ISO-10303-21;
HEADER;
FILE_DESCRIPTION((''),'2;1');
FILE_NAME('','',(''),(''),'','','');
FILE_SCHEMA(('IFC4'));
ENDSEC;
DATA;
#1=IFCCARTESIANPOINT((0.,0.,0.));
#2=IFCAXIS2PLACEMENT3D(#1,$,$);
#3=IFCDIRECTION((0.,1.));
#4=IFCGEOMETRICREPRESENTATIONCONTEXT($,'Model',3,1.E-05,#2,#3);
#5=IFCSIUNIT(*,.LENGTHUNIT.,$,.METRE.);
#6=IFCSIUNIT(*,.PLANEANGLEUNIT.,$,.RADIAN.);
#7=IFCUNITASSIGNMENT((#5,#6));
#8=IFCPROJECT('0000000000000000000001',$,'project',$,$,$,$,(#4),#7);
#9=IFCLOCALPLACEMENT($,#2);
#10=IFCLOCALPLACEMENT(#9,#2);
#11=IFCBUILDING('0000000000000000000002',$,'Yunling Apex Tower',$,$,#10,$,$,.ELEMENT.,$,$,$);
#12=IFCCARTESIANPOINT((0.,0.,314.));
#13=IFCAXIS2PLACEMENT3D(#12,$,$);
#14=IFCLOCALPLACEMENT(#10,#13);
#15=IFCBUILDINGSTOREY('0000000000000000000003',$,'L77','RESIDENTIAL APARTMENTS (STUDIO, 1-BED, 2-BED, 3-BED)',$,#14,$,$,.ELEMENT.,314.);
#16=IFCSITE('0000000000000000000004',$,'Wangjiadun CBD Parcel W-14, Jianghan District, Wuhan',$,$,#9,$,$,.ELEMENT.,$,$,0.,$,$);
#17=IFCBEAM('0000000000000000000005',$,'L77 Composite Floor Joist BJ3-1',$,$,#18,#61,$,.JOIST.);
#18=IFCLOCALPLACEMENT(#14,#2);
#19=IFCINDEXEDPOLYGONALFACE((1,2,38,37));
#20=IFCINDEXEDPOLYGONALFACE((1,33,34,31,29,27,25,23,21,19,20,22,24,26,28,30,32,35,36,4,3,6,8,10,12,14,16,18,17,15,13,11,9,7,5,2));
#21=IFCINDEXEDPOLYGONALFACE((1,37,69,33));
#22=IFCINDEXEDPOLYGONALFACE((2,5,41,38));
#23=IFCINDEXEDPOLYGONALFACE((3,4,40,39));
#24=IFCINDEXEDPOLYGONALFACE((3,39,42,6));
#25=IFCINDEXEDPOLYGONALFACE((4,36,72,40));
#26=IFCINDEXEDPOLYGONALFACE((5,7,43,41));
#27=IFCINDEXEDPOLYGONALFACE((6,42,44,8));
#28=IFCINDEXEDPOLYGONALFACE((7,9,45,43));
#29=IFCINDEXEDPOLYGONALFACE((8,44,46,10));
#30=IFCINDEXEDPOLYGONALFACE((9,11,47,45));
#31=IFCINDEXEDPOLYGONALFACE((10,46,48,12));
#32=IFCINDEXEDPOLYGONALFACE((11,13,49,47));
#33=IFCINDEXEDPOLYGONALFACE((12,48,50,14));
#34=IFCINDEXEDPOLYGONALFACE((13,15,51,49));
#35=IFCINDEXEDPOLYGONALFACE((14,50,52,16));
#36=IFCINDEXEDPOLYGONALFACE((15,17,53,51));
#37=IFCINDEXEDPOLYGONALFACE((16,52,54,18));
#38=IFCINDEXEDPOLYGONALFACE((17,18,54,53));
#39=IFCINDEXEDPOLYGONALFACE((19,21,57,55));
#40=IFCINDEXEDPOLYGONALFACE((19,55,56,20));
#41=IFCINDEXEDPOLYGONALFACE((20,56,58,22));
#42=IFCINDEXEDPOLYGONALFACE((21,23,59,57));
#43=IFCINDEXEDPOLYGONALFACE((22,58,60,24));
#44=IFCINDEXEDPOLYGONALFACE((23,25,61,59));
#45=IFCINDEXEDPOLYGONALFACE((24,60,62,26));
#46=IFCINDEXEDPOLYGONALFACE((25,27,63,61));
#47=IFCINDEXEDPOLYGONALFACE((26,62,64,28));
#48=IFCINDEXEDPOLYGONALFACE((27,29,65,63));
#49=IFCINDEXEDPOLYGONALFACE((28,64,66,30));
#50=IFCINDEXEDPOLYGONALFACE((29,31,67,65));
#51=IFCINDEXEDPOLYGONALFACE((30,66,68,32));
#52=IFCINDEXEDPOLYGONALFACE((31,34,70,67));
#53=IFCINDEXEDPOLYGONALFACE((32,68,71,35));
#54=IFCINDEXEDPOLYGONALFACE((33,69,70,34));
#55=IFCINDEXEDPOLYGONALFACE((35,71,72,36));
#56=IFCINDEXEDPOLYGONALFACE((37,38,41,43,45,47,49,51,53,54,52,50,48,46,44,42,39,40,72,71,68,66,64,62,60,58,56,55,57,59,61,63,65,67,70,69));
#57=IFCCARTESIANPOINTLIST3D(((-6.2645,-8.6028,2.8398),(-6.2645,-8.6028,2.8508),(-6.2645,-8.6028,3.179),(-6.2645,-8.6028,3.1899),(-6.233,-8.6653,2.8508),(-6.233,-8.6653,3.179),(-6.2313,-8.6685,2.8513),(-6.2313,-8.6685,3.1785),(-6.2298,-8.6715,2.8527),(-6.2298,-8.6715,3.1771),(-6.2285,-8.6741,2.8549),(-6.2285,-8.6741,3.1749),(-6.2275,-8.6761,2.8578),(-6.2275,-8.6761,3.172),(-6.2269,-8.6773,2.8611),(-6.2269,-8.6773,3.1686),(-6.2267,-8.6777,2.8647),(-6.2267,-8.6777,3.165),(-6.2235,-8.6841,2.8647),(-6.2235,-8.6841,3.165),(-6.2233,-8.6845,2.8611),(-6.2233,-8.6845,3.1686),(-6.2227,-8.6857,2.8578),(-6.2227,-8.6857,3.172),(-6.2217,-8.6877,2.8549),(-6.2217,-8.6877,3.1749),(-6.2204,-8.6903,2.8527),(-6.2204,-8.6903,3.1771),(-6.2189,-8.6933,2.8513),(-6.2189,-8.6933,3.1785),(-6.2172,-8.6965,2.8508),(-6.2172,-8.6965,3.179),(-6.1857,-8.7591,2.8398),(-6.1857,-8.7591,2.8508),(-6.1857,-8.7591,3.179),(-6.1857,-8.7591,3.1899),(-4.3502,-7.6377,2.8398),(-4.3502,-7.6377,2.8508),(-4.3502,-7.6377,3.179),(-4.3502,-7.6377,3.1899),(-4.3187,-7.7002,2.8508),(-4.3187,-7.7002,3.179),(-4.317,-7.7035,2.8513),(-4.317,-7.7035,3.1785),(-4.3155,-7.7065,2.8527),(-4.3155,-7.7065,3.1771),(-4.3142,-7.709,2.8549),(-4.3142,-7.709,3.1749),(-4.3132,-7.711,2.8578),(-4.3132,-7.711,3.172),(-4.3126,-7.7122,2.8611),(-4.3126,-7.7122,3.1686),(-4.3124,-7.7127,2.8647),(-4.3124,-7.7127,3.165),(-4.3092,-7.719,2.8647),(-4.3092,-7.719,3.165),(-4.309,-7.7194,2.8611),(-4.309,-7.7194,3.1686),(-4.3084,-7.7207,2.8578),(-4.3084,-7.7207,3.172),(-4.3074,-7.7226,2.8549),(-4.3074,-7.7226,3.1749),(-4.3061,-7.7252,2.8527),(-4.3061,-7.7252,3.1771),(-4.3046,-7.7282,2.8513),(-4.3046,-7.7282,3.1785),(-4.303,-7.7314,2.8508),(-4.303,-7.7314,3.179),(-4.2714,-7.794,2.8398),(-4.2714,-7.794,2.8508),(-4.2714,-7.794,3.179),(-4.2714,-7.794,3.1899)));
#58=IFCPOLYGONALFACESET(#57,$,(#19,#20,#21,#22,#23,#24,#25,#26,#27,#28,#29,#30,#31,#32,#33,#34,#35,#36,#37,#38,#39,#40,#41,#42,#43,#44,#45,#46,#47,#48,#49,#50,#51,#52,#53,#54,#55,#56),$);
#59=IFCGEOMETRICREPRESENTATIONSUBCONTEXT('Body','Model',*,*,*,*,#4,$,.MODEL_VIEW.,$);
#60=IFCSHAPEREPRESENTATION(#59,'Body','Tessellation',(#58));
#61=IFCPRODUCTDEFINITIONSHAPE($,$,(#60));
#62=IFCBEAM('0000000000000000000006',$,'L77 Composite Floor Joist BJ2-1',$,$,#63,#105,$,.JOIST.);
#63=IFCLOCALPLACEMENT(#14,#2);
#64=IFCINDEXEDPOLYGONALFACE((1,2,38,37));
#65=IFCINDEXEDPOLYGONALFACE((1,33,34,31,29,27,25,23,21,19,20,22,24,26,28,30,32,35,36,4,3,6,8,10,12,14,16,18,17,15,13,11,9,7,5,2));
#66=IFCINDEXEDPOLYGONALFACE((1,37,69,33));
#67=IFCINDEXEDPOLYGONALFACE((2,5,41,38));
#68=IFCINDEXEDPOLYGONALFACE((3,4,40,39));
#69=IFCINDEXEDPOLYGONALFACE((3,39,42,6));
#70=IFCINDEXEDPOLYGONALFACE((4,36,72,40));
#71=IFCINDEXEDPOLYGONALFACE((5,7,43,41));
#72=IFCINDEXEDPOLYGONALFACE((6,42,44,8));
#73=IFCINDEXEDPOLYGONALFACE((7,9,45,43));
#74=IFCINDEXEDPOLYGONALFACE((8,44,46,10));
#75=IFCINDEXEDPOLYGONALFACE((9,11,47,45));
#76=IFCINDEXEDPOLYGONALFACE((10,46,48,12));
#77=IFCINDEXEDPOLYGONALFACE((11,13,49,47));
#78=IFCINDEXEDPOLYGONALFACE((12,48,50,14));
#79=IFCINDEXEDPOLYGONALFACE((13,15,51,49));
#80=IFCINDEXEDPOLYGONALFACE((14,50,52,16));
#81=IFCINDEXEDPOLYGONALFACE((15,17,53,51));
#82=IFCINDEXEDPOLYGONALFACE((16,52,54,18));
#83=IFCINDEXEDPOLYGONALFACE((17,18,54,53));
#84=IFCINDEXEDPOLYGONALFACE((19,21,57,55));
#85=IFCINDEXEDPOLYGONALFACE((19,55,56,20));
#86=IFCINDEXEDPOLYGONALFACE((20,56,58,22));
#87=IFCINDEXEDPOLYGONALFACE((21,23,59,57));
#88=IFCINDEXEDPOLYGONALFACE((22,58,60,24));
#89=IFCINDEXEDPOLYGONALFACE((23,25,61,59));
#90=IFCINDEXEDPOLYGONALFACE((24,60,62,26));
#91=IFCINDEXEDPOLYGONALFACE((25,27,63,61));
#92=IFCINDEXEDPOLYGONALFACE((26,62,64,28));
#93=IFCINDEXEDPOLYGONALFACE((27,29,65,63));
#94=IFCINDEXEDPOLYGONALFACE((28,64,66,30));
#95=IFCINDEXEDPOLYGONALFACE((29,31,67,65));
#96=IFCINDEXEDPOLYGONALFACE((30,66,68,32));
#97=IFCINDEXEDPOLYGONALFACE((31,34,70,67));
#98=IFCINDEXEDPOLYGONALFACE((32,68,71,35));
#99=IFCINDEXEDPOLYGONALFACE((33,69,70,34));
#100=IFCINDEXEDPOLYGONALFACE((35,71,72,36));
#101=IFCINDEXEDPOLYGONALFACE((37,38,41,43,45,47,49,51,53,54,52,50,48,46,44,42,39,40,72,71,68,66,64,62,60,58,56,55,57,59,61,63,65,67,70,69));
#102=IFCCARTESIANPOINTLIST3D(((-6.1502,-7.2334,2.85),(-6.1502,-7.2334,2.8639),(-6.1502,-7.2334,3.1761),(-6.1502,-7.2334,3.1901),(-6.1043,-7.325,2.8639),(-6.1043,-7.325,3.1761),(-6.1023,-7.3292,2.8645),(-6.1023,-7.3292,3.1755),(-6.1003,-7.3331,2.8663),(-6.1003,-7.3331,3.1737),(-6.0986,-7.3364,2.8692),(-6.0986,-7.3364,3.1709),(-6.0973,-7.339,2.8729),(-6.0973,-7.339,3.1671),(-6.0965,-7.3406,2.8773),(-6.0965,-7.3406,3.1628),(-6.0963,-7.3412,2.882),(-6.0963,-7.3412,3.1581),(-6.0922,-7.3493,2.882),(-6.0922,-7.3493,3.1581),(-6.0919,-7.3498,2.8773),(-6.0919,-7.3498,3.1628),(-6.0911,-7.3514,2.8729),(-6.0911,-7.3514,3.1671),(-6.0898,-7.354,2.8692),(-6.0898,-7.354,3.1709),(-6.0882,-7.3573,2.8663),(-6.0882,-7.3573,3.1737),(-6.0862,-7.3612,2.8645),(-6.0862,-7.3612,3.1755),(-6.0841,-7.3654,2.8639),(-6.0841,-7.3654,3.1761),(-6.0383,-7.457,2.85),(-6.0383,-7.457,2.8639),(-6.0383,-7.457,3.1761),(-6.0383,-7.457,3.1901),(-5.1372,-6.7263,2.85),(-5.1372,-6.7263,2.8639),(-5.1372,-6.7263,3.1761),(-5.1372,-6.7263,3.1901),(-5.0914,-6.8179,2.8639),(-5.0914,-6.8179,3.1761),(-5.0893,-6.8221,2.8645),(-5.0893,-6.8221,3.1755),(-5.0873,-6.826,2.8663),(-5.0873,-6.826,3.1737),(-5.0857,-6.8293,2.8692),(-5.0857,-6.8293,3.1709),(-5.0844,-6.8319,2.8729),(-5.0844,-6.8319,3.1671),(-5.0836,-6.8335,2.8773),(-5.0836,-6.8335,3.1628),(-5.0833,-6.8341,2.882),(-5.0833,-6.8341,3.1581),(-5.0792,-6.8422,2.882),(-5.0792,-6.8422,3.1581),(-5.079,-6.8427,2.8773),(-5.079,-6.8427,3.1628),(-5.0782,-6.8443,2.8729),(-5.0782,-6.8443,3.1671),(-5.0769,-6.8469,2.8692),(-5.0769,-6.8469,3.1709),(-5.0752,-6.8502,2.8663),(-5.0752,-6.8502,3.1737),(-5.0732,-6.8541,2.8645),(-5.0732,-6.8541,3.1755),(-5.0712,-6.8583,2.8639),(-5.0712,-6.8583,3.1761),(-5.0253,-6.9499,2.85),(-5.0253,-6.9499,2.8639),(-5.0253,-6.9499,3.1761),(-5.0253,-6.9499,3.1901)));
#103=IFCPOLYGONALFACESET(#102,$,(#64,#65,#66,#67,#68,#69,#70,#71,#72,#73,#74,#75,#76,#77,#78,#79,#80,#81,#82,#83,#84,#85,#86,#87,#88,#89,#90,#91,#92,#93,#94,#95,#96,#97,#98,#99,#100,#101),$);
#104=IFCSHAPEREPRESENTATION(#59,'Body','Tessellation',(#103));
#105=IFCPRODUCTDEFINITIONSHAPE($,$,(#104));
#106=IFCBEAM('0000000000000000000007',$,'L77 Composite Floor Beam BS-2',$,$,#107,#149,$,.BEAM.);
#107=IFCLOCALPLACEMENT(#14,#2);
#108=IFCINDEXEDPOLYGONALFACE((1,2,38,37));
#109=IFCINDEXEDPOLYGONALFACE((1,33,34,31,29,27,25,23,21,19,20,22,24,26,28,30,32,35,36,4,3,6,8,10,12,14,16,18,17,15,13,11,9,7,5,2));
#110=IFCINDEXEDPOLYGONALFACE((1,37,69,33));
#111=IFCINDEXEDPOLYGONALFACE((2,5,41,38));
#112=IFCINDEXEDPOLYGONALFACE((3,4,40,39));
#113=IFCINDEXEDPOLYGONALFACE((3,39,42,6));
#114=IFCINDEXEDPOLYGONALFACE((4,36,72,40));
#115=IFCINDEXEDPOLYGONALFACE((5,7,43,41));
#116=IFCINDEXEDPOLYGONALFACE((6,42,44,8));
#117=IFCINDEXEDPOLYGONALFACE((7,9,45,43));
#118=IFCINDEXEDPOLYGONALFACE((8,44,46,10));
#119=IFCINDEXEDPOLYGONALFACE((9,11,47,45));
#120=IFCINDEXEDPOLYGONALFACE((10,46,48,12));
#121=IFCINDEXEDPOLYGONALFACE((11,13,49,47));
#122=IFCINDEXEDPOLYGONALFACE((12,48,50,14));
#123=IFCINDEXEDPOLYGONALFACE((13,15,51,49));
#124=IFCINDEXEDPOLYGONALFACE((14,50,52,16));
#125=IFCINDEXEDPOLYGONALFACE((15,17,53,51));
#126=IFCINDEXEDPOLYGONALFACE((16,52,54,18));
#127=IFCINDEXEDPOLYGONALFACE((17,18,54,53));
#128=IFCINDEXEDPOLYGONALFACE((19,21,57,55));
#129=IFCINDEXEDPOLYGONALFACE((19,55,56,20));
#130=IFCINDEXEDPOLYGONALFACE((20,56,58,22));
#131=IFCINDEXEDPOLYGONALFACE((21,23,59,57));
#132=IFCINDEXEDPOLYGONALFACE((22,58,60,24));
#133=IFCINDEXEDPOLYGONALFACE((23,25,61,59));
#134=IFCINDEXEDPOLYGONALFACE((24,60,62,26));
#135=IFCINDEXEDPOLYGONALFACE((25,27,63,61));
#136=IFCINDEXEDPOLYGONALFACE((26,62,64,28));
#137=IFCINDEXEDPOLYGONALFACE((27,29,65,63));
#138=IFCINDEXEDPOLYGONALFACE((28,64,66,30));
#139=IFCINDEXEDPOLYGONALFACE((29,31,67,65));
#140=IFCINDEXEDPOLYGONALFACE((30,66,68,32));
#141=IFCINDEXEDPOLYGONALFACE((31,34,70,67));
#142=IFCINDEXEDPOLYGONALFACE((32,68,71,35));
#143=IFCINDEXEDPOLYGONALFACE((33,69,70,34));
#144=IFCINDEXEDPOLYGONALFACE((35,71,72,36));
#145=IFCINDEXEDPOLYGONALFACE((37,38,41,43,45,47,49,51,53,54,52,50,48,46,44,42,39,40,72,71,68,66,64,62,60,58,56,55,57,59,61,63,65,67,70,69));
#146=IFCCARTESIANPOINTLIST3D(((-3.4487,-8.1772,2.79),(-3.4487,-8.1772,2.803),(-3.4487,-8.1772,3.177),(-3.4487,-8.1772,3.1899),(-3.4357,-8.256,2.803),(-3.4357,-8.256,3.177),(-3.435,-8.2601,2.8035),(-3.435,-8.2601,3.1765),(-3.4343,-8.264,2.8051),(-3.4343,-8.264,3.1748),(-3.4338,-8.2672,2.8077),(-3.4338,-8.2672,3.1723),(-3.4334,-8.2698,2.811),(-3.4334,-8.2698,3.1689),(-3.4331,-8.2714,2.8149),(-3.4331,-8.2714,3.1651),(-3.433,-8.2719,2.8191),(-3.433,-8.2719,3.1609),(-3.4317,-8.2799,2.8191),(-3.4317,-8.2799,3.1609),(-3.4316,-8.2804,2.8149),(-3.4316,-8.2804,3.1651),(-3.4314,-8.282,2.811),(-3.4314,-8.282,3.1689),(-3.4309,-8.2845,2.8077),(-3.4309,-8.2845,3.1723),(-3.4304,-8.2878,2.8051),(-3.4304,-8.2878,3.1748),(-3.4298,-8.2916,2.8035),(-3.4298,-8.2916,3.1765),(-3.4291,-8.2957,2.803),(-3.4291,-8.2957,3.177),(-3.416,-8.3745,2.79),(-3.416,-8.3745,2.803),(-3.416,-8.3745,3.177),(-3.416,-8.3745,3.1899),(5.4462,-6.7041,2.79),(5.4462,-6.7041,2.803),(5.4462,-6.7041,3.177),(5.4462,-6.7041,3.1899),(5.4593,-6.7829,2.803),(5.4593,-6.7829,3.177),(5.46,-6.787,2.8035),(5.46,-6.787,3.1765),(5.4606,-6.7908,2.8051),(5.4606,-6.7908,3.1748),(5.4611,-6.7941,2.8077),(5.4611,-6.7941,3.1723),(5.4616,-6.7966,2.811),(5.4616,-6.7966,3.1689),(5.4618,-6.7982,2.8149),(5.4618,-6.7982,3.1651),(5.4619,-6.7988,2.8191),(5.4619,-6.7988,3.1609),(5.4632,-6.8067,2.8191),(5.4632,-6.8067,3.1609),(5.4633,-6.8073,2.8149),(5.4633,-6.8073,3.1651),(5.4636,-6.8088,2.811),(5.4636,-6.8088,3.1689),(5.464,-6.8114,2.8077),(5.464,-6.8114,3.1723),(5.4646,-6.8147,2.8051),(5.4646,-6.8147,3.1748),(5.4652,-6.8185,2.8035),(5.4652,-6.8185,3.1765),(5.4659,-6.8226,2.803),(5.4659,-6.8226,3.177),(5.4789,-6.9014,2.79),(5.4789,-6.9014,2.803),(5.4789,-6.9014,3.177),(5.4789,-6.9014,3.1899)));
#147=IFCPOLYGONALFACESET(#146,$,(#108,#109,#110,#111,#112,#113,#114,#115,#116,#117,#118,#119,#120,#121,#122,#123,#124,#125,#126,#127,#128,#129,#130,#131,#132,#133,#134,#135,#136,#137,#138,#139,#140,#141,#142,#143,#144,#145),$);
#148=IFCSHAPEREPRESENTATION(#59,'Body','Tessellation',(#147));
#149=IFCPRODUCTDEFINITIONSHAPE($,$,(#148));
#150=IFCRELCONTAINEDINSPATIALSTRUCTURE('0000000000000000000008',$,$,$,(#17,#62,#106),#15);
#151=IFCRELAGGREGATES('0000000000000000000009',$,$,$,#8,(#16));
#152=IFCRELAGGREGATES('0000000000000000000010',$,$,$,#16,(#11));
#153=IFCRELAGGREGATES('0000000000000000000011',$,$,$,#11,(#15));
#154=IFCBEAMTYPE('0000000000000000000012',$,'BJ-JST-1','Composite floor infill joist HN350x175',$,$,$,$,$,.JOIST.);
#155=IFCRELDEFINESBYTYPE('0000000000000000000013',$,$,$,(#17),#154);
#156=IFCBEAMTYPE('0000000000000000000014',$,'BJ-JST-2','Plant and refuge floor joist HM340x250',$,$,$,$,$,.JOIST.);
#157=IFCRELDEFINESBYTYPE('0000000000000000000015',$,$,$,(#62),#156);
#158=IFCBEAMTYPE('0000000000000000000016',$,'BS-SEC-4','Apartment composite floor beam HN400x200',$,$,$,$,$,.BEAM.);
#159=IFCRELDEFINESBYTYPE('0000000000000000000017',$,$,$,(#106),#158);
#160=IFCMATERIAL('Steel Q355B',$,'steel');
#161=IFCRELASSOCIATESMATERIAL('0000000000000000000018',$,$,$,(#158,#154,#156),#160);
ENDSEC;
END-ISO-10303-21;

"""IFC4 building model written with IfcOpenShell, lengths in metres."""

from ifc_helpers import new_model, si_unit, direction, frame, origin, origin_2d, place, context, subcontext, project, spatial, i_section, extrude, source, transform, mapped, material, material_profile, profile_set, type_object, element, save


model = new_model("IFC4")

# Units and contexts
model_context = context("Model", 3, precision=1e-05, world=origin(), true_north=direction((0.0, 1.0)))
body_context = subcontext(model_context, "Body", "Model", "MODEL_VIEW")
ifc_project = project(units=[si_unit("LENGTHUNIT", "METRE"), si_unit("PLANEANGLEUNIT", "RADIAN")], contexts=[model_context])

# Site, building, storey
site_placement = place(None, origin())
site = spatial("IfcSite", under=ifc_project, at=site_placement, Name="Wangjiadun CBD Parcel W-14, Jianghan District, Wuhan", CompositionType="ELEMENT", RefElevation=0.0)
building_placement = place(site_placement, origin())
building = spatial("IfcBuilding", under=site, at=building_placement, Name="Yunling Apex Tower", CompositionType="ELEMENT")
storey_placement = place(building_placement, frame((0.0, 0.0, 314.0)))
storey = spatial("IfcBuildingStorey", under=building, at=storey_placement, Name="L77", Description="RESIDENTIAL APARTMENTS (STUDIO, 1-BED, 2-BED, 3-BED)", CompositionType="ELEMENT", Elevation=314.0)

# Shared definitions
ifc_material_1 = material(Name="Steel Q355B", Category="steel")

# Beams
ifc_material_profile_1 = material_profile(ifc_material_1, i_section(OverallWidth=0.2, OverallDepth=0.3999, WebThickness=0.0081, FlangeThickness=0.0129, FilletRadius=0.0161, at=origin_2d()))
ifc_profile_set_1 = profile_set([ifc_material_profile_1], Name="Steel Q355B")
beam_type_1 = type_object("IfcBeamType", Name="BS-SEC-4", Description="Apartment composite floor beam HN400x200", PredefinedType="BEAM", material=ifc_profile_set_1)
ifc_material_profile_2 = material_profile(ifc_material_1, i_section(OverallWidth=0.175, OverallDepth=0.3501, WebThickness=0.0071, FlangeThickness=0.011, FilletRadius=0.0139, at=origin_2d()))
ifc_profile_set_2 = profile_set([ifc_material_profile_2], Name="Steel Q355B")
beam_type_2 = type_object("IfcBeamType", Name="BJ-JST-1", Description="Composite floor infill joist HN350x175", PredefinedType="JOIST", material=ifc_profile_set_2)
shared_shape_1 = source(origin(), body_context, "Body", "SweptSolid", [
    extrude(i_section(OverallWidth=0.175, OverallDepth=0.3501, WebThickness=0.0071, FlangeThickness=0.011, FilletRadius=0.0139, at=origin_2d()), origin(), (0.0, 0.0, 1.0), 2.1438),
])
beam_1_placement = place(storey_placement, frame((-6.2251, -8.6809, 3.0149), z_axis=(0.892942, 0.450172, 0.0), x_axis=(-0.450172, 0.892942, 0.0)))
element("IfcBeam", 1, at=beam_1_placement, inside=storey, type_object=beam_type_2, Name="L77 Composite Floor Joist BJ3-1", PredefinedType="JOIST", context=body_context, shape_type="MappedRepresentation", body=[
    mapped(shared_shape_1, transform((0.0, 0.0, 0.0), scale=1.0)),
])
ifc_material_profile_3 = material_profile(ifc_material_1, i_section(OverallWidth=0.25, OverallDepth=0.3401, WebThickness=0.009, FlangeThickness=0.0139, FilletRadius=0.0181, at=origin_2d()))
ifc_profile_set_3 = profile_set([ifc_material_profile_3], Name="Steel Q355B")
beam_type_3 = type_object("IfcBeamType", Name="BJ-JST-2", Description="Plant and refuge floor joist HM340x250", PredefinedType="JOIST", material=ifc_profile_set_3)
shared_shape_2 = source(origin(), body_context, "Body", "SweptSolid", [
    extrude(i_section(OverallWidth=0.25, OverallDepth=0.3401, WebThickness=0.009, FlangeThickness=0.0139, FilletRadius=0.0181, at=origin_2d()), origin(), (0.0, 0.0, 1.0), 1.1328),
])
beam_2_placement = place(storey_placement, frame((-6.0942, -7.3452, 3.02), z_axis=(0.894212, 0.447645, 0.0), x_axis=(-0.447645, 0.894212, 0.0)))
element("IfcBeam", 2, at=beam_2_placement, inside=storey, type_object=beam_type_3, Name="L77 Composite Floor Joist BJ2-1", PredefinedType="JOIST", context=body_context, shape_type="MappedRepresentation", body=[
    mapped(shared_shape_2, transform((0.0, 0.0, 0.0), scale=1.0)),
])
shared_shape_3 = source(origin(), body_context, "Body", "SweptSolid", [
    extrude(i_section(OverallWidth=0.2, OverallDepth=0.3999, WebThickness=0.0081, FlangeThickness=0.0129, FilletRadius=0.0161, at=origin_2d()), origin(), (0.0, 0.0, 1.0), 9.0161),
])
beam_3_placement = place(storey_placement, frame((-3.4324, -8.2759, 2.99), z_axis=(0.986562, 0.163389, 0.0), x_axis=(-0.163389, 0.986562, 0.0)))
element("IfcBeam", 3, at=beam_3_placement, inside=storey, type_object=beam_type_1, Name="L77 Composite Floor Beam BS-2", PredefinedType="BEAM", context=body_context, shape_type="MappedRepresentation", body=[
    mapped(shared_shape_3, transform((0.0, 0.0, 0.0), scale=1.0)),
])

save(model, "model.ifc")
